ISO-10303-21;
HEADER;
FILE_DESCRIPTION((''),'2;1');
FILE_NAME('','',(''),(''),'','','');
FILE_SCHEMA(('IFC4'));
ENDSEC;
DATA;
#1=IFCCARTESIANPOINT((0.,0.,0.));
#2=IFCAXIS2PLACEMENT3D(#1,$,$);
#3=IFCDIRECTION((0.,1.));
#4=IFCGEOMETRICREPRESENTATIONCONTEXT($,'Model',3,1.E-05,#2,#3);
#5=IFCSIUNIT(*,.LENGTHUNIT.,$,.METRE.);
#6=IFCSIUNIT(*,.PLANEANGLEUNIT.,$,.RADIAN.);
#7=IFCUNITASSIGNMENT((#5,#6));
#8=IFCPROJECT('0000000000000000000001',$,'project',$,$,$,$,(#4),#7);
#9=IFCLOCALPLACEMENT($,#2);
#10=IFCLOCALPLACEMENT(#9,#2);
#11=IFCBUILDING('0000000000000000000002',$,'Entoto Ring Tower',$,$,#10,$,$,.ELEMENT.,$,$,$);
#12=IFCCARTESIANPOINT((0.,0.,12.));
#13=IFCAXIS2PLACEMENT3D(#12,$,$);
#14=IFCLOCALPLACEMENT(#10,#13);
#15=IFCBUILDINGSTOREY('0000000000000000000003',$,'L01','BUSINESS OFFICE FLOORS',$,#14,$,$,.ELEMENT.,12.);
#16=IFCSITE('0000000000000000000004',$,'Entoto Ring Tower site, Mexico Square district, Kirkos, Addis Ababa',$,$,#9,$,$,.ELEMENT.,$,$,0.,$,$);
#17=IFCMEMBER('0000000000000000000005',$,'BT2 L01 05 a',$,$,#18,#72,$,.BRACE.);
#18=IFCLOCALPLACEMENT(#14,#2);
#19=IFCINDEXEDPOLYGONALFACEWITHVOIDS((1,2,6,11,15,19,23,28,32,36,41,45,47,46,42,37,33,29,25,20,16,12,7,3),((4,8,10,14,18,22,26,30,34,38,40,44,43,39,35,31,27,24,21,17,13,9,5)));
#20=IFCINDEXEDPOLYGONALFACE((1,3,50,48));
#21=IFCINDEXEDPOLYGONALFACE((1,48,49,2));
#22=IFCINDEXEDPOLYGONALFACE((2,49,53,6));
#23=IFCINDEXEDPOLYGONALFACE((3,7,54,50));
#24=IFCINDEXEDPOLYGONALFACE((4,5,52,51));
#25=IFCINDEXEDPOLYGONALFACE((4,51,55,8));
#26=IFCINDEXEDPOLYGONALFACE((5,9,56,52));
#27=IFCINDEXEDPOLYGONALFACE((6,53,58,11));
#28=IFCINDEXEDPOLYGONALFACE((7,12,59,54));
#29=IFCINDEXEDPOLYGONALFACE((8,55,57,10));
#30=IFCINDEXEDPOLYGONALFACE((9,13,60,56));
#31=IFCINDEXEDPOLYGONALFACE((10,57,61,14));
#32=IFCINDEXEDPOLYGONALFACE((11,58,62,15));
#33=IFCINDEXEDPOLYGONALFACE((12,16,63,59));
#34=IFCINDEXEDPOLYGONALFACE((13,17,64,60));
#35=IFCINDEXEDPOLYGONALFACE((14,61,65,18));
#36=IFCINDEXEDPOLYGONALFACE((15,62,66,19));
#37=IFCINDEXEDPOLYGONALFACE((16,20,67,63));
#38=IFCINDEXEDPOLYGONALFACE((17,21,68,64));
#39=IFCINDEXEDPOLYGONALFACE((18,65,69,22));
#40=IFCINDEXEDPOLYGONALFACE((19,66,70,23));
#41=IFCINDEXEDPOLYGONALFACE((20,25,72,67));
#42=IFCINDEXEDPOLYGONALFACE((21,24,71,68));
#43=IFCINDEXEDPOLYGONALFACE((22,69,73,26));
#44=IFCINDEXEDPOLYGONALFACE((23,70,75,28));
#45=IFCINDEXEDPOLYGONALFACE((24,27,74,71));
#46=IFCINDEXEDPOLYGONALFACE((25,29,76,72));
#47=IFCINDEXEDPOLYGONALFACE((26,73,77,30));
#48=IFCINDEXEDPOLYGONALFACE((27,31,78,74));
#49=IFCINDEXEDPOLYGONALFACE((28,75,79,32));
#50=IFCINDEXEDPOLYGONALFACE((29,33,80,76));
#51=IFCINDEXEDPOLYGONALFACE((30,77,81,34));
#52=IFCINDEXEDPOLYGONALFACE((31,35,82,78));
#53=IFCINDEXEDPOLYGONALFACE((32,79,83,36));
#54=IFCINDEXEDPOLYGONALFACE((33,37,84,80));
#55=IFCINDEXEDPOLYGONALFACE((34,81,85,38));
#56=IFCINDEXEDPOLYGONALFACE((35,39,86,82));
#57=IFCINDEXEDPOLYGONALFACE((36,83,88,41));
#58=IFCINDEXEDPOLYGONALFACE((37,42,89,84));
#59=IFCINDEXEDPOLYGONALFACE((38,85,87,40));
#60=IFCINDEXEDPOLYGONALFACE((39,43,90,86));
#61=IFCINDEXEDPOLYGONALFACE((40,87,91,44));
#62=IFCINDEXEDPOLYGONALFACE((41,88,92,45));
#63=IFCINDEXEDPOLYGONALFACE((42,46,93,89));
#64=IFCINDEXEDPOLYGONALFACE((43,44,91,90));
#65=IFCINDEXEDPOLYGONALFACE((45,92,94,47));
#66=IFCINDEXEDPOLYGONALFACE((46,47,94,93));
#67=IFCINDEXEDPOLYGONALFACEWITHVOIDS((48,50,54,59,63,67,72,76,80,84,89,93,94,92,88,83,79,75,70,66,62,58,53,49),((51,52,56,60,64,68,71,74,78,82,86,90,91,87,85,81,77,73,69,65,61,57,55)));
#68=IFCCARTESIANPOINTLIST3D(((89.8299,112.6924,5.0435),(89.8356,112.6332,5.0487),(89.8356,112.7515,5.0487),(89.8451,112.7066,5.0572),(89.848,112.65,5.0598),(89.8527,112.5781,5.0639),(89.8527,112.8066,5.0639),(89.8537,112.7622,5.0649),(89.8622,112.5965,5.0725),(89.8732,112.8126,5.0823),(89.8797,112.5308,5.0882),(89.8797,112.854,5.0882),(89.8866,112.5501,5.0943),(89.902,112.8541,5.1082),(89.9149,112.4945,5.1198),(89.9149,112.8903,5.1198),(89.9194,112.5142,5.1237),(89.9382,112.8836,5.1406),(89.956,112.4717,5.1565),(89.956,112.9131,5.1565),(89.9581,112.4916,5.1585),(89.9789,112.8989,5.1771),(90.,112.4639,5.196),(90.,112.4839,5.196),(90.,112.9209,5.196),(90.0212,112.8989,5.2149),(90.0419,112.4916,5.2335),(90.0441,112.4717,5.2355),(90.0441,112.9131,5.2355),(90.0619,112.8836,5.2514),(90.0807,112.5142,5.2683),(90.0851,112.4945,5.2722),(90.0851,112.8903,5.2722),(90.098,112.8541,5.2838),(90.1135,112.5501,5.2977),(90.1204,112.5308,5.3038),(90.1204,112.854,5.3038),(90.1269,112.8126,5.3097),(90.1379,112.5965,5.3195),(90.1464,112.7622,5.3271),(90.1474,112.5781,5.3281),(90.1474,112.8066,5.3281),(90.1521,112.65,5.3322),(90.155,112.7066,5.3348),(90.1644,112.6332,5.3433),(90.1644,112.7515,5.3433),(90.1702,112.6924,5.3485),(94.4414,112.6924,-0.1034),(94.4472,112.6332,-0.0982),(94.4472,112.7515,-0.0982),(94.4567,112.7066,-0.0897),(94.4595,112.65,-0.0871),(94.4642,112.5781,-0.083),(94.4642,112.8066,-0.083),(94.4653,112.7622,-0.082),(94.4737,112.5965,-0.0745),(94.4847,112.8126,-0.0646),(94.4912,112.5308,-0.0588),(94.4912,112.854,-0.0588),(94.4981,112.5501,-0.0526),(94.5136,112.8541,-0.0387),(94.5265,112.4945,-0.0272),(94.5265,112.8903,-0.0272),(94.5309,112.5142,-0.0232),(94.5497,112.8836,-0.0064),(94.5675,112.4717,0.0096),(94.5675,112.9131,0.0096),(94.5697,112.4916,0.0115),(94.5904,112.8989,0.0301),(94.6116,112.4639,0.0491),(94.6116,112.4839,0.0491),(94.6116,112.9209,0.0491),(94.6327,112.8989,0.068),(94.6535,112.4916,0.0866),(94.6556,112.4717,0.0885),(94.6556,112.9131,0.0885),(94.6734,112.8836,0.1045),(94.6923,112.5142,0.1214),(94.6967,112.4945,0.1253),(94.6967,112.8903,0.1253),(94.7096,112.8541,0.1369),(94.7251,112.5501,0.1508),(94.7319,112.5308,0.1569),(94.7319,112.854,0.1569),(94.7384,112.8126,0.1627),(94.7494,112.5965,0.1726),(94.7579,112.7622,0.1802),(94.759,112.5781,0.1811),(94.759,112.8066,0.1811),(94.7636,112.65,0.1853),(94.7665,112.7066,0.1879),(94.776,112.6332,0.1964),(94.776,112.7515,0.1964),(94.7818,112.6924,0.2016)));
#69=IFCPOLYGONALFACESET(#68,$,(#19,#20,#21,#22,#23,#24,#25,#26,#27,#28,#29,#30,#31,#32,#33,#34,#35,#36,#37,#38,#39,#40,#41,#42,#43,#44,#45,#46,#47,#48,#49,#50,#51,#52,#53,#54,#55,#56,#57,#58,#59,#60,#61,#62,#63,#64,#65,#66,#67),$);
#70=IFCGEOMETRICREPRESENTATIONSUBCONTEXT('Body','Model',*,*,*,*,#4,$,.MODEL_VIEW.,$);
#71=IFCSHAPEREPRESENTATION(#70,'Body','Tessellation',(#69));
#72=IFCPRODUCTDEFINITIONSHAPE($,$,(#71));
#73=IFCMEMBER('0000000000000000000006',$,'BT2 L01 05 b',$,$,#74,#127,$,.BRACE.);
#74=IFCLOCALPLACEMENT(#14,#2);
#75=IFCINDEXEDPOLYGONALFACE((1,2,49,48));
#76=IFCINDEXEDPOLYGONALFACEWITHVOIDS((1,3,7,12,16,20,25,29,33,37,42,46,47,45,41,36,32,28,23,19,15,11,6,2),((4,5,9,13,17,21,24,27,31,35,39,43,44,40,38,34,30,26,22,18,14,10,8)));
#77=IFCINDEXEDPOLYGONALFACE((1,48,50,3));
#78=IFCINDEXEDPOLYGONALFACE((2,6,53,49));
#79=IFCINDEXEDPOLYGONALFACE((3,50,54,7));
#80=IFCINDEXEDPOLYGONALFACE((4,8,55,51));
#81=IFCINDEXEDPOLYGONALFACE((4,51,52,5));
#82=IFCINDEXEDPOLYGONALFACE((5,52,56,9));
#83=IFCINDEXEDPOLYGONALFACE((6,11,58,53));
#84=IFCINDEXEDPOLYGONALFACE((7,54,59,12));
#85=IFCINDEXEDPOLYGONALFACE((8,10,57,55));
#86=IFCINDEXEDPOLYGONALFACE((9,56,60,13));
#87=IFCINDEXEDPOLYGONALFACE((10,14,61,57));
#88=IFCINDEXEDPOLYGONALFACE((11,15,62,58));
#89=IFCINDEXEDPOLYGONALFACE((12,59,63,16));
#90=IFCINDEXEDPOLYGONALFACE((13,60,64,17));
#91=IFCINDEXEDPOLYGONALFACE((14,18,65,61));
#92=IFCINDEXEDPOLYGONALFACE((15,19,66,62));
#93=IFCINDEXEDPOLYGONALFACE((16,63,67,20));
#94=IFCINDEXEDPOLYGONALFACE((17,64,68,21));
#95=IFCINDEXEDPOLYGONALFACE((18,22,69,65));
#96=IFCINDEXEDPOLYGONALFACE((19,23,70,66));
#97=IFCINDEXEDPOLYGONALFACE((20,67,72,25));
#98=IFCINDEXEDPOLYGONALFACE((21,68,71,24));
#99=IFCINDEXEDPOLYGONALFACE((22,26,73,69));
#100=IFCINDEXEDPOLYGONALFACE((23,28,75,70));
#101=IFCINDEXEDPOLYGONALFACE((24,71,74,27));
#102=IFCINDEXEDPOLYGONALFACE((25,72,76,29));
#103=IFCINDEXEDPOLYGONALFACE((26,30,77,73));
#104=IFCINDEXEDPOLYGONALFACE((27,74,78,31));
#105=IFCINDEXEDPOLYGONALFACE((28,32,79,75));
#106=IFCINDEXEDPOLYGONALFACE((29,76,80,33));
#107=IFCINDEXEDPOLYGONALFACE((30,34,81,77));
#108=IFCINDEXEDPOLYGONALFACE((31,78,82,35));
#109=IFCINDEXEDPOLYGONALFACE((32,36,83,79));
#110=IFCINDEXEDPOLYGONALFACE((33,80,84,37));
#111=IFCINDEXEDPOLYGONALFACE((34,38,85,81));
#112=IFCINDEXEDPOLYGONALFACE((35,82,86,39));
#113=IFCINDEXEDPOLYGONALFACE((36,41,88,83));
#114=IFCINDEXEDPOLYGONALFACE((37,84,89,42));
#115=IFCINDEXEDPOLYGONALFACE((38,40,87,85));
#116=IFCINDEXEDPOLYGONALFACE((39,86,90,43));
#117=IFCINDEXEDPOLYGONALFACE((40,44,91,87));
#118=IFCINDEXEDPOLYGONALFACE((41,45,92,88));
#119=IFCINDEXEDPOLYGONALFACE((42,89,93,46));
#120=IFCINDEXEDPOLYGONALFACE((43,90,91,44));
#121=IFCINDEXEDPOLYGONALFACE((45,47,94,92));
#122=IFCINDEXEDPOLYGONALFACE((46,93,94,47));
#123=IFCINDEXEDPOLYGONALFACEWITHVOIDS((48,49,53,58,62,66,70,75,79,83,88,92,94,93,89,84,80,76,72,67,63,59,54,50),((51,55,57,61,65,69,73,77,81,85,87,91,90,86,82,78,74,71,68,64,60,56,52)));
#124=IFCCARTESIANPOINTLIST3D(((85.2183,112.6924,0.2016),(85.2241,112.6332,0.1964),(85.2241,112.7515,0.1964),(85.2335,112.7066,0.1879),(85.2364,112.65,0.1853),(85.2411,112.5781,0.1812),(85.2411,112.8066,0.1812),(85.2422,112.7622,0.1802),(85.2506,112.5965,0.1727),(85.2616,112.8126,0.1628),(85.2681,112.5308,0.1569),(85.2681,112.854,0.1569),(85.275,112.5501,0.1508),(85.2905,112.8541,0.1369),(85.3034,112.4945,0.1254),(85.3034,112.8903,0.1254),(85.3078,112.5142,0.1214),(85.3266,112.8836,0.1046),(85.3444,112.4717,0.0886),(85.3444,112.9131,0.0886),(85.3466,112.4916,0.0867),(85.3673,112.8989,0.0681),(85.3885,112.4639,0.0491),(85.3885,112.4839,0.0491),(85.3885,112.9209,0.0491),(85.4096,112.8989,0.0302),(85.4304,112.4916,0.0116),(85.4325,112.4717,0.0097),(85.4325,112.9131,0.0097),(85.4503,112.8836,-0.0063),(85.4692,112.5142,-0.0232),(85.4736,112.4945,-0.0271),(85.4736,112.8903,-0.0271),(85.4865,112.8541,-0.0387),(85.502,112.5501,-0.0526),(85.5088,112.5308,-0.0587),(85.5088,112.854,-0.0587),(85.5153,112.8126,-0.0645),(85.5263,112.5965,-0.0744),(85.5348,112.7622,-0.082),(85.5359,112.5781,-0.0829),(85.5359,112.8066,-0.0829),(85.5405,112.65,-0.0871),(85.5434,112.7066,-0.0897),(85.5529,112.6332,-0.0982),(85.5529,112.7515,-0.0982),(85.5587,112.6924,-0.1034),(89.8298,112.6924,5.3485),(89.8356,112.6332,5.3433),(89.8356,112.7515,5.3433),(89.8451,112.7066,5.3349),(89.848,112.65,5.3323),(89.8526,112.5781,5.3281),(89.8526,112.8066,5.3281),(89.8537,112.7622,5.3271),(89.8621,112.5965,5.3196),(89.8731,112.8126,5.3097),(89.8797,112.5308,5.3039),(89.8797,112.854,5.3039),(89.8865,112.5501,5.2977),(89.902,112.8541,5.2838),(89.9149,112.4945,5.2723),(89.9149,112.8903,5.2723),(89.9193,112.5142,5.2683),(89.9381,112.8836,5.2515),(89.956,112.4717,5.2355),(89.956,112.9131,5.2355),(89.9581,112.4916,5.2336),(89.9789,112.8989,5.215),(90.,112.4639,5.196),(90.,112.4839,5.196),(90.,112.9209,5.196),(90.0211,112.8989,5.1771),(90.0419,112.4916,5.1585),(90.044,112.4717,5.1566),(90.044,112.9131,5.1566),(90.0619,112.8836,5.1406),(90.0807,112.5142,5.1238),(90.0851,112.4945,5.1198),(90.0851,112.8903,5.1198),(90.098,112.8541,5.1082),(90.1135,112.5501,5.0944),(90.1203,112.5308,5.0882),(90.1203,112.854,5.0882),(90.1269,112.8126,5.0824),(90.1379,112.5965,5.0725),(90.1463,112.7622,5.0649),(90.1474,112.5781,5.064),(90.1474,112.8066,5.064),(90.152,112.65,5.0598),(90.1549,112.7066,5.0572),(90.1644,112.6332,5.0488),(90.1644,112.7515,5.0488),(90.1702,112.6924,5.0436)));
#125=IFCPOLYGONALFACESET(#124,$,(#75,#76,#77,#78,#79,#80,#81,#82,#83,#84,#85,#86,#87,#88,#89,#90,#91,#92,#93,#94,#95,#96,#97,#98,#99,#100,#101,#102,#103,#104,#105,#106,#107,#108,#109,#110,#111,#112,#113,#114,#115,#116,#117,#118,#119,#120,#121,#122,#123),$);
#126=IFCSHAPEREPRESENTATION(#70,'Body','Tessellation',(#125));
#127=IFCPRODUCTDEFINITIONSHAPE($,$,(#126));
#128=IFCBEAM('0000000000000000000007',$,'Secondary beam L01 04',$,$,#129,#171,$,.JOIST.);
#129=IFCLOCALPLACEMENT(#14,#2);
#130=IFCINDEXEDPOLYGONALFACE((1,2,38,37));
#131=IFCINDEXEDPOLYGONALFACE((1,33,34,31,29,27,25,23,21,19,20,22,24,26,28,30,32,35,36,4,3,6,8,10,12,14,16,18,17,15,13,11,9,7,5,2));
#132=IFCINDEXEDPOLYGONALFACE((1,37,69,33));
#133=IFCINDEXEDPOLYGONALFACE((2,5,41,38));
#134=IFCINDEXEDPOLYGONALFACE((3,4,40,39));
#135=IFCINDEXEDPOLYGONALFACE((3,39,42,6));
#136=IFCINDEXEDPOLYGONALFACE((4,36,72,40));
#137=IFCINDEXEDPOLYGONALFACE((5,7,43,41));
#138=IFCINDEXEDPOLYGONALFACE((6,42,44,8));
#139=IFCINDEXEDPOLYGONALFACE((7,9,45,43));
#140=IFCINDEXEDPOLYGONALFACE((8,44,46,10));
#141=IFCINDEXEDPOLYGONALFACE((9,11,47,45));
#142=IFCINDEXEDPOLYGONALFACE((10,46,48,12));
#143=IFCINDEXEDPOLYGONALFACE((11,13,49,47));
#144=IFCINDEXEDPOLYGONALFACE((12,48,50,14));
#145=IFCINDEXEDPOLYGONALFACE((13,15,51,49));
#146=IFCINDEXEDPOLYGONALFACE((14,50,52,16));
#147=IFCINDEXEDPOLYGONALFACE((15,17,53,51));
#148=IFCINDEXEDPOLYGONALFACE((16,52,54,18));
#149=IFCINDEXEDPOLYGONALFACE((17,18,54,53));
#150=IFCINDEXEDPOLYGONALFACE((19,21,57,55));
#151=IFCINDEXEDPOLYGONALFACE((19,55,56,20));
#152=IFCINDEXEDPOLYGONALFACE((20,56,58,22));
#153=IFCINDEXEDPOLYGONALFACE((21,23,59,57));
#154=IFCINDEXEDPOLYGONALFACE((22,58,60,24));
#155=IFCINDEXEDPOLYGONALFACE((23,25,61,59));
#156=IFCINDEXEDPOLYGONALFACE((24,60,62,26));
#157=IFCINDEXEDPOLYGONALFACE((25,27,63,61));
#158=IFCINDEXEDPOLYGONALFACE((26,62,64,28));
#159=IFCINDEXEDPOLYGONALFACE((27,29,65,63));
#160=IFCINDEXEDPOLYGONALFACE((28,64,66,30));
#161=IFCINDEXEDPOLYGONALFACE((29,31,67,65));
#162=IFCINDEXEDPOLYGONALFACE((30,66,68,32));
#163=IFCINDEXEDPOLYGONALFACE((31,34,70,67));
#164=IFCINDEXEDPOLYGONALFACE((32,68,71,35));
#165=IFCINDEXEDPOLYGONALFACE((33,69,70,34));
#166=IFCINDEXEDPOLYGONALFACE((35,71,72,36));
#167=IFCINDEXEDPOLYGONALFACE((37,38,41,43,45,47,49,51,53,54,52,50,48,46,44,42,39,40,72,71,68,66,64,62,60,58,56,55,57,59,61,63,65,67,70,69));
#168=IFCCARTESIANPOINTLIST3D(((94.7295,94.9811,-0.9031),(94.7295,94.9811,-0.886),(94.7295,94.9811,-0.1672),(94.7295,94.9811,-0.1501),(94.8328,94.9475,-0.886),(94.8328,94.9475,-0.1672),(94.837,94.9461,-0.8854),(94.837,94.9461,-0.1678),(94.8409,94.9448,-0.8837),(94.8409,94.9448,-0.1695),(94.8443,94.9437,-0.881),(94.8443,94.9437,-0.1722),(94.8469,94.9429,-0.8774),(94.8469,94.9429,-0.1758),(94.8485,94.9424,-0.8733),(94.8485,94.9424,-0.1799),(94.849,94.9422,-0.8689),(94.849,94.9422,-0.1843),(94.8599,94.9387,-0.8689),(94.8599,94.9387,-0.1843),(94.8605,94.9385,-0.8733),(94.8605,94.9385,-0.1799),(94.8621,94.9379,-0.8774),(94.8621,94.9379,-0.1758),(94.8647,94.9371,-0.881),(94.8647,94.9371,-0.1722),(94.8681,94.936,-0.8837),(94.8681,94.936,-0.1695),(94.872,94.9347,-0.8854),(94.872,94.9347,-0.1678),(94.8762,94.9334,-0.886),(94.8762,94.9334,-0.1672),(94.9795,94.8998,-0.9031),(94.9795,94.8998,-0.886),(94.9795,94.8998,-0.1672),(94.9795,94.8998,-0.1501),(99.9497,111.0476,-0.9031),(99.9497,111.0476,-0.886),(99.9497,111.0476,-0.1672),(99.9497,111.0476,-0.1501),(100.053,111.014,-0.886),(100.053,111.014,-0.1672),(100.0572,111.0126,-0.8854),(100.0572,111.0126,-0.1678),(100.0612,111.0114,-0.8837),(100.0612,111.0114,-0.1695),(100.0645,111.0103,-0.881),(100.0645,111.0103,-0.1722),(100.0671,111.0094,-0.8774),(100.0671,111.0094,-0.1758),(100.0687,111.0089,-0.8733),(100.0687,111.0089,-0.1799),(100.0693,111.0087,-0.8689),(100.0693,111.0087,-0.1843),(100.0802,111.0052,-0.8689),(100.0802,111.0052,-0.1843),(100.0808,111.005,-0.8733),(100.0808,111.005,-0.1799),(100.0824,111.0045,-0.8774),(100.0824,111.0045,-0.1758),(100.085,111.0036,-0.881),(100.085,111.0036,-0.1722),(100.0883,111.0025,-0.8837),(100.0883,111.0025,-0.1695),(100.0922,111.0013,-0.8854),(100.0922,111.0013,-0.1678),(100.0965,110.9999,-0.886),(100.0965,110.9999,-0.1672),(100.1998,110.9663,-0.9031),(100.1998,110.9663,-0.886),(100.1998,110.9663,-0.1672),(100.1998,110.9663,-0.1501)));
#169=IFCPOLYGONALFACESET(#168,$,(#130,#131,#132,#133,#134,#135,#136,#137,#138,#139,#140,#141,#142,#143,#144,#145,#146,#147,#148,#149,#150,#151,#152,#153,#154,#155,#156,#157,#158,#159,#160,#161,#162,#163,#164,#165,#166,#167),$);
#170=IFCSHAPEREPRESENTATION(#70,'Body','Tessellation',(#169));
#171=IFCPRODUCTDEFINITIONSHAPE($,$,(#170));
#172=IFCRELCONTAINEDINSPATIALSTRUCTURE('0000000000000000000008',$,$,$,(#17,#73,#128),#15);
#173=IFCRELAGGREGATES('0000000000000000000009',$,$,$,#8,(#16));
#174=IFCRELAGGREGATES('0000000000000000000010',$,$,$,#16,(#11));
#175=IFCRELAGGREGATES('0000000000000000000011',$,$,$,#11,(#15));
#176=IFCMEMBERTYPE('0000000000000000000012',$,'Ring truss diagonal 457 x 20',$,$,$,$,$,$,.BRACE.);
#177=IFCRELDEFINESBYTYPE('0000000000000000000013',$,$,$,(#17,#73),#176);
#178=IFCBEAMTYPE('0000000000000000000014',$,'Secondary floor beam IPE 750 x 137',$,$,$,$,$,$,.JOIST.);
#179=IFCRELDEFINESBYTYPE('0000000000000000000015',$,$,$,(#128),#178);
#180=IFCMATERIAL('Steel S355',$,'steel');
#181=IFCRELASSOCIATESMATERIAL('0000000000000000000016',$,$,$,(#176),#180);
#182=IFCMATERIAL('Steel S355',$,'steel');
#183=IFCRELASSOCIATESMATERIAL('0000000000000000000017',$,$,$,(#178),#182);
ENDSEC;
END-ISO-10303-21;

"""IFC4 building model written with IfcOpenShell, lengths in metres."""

from ifc_helpers import new_model, si_unit, direction, frame, origin, origin_2d, place, context, subcontext, project, spatial, circle, hollow_circle, i_section, extrude, material, material_profile, profile_set, type_object, element, save


model = new_model("IFC4")

# Units and contexts
model_context = context("Model", 3, precision=1e-05, world=origin(), true_north=direction((0.0, 1.0)))
body_context = subcontext(model_context, "Body", "Model", "MODEL_VIEW")
ifc_project = project(units=[si_unit("LENGTHUNIT", "METRE"), si_unit("PLANEANGLEUNIT", "RADIAN")], contexts=[model_context])

# Site, building, storey
site_placement = place(None, origin())
site = spatial("IfcSite", under=ifc_project, at=site_placement, Name="Entoto Ring Tower site, Mexico Square district, Kirkos, Addis Ababa", CompositionType="ELEMENT", RefElevation=0.0)
building_placement = place(site_placement, origin())
building = spatial("IfcBuilding", under=site, at=building_placement, Name="Entoto Ring Tower", CompositionType="ELEMENT")
storey_placement = place(building_placement, frame((0.0, 0.0, 12.0)))
storey = spatial("IfcBuildingStorey", under=building, at=storey_placement, Name="L01", Description="BUSINESS OFFICE FLOORS", CompositionType="ELEMENT", Elevation=12.0)

# Members
ifc_material_1 = material(Name="Steel S355", Category="steel")
ifc_material_profile_1 = material_profile(ifc_material_1, hollow_circle(Radius=0.2285, WallThickness=0.02, at=origin_2d()), Name="CHS 457 x 20")
ifc_material_2 = material(Name="Concrete C60/75", Category="concrete")
ifc_material_profile_2 = material_profile(ifc_material_2, circle(Radius=0.2085, at=origin_2d()), Name="Concrete C60/75 infill")
ifc_profile_set_1 = profile_set([ifc_material_profile_1, ifc_material_profile_2], Name="Steel S355")
member_type_1 = type_object("IfcMemberType", Name="Ring truss diagonal 457 x 20", PredefinedType="BRACE", material=ifc_profile_set_1)
for number, where, z_axis, x_axis, name in (
    (1, (94.6116, 112.6924, 0.0491), (-0.667308, 0.0, 0.744782), (0.0, -1.0, 0.0), "BT2 L01 05 a"),
    (2, (90.0, 112.6924, 5.196), (-0.667308, 0.0, -0.744782), (0.0, -1.0, 0.0), "BT2 L01 05 b"),
):
    element("IfcMember", number, at=place(storey_placement, frame(where, z_axis=z_axis, x_axis=x_axis)), inside=storey, type_object=member_type_1, Name=name, PredefinedType="BRACE", context=body_context, shape_type="SweptSolid", body=[
        extrude(hollow_circle(Radius=0.2285, WallThickness=0.02, at=origin_2d()), origin(), (0.0, 0.0, 1.0), 6.9106),
    ])

# Beam
ifc_material_3 = material(Name="Steel S355", Category="steel")
ifc_material_profile_3 = material_profile(ifc_material_3, i_section(OverallWidth=0.2629, OverallDepth=0.7529, WebThickness=0.0115, FlangeThickness=0.0171, FilletRadius=0.0171, at=origin_2d()), Name="IPE 750 x 137")
ifc_profile_set_2 = profile_set([ifc_material_profile_3], Name="Steel S355")
beam_type_1 = type_object("IfcBeamType", Name="Secondary floor beam IPE 750 x 137", PredefinedType="JOIST", material=ifc_profile_set_2)
beam_1_placement = place(storey_placement, frame((94.8545, 94.9404, -0.5266), z_axis=(0.309013, 0.951058, 0.0), x_axis=(-0.951058, 0.309013, 0.0)))
element("IfcBeam", 3, at=beam_1_placement, inside=storey, type_object=beam_type_1, Name="Secondary beam L01 04", PredefinedType="JOIST", context=body_context, shape_type="SweptSolid", body=[
    extrude(i_section(OverallWidth=0.2629, OverallDepth=0.7529, WebThickness=0.0115, FlangeThickness=0.0171, FilletRadius=0.0171, at=origin_2d()), origin(), (0.0, 0.0, 1.0), 16.8933),
])

save(model, "model.ifc")
